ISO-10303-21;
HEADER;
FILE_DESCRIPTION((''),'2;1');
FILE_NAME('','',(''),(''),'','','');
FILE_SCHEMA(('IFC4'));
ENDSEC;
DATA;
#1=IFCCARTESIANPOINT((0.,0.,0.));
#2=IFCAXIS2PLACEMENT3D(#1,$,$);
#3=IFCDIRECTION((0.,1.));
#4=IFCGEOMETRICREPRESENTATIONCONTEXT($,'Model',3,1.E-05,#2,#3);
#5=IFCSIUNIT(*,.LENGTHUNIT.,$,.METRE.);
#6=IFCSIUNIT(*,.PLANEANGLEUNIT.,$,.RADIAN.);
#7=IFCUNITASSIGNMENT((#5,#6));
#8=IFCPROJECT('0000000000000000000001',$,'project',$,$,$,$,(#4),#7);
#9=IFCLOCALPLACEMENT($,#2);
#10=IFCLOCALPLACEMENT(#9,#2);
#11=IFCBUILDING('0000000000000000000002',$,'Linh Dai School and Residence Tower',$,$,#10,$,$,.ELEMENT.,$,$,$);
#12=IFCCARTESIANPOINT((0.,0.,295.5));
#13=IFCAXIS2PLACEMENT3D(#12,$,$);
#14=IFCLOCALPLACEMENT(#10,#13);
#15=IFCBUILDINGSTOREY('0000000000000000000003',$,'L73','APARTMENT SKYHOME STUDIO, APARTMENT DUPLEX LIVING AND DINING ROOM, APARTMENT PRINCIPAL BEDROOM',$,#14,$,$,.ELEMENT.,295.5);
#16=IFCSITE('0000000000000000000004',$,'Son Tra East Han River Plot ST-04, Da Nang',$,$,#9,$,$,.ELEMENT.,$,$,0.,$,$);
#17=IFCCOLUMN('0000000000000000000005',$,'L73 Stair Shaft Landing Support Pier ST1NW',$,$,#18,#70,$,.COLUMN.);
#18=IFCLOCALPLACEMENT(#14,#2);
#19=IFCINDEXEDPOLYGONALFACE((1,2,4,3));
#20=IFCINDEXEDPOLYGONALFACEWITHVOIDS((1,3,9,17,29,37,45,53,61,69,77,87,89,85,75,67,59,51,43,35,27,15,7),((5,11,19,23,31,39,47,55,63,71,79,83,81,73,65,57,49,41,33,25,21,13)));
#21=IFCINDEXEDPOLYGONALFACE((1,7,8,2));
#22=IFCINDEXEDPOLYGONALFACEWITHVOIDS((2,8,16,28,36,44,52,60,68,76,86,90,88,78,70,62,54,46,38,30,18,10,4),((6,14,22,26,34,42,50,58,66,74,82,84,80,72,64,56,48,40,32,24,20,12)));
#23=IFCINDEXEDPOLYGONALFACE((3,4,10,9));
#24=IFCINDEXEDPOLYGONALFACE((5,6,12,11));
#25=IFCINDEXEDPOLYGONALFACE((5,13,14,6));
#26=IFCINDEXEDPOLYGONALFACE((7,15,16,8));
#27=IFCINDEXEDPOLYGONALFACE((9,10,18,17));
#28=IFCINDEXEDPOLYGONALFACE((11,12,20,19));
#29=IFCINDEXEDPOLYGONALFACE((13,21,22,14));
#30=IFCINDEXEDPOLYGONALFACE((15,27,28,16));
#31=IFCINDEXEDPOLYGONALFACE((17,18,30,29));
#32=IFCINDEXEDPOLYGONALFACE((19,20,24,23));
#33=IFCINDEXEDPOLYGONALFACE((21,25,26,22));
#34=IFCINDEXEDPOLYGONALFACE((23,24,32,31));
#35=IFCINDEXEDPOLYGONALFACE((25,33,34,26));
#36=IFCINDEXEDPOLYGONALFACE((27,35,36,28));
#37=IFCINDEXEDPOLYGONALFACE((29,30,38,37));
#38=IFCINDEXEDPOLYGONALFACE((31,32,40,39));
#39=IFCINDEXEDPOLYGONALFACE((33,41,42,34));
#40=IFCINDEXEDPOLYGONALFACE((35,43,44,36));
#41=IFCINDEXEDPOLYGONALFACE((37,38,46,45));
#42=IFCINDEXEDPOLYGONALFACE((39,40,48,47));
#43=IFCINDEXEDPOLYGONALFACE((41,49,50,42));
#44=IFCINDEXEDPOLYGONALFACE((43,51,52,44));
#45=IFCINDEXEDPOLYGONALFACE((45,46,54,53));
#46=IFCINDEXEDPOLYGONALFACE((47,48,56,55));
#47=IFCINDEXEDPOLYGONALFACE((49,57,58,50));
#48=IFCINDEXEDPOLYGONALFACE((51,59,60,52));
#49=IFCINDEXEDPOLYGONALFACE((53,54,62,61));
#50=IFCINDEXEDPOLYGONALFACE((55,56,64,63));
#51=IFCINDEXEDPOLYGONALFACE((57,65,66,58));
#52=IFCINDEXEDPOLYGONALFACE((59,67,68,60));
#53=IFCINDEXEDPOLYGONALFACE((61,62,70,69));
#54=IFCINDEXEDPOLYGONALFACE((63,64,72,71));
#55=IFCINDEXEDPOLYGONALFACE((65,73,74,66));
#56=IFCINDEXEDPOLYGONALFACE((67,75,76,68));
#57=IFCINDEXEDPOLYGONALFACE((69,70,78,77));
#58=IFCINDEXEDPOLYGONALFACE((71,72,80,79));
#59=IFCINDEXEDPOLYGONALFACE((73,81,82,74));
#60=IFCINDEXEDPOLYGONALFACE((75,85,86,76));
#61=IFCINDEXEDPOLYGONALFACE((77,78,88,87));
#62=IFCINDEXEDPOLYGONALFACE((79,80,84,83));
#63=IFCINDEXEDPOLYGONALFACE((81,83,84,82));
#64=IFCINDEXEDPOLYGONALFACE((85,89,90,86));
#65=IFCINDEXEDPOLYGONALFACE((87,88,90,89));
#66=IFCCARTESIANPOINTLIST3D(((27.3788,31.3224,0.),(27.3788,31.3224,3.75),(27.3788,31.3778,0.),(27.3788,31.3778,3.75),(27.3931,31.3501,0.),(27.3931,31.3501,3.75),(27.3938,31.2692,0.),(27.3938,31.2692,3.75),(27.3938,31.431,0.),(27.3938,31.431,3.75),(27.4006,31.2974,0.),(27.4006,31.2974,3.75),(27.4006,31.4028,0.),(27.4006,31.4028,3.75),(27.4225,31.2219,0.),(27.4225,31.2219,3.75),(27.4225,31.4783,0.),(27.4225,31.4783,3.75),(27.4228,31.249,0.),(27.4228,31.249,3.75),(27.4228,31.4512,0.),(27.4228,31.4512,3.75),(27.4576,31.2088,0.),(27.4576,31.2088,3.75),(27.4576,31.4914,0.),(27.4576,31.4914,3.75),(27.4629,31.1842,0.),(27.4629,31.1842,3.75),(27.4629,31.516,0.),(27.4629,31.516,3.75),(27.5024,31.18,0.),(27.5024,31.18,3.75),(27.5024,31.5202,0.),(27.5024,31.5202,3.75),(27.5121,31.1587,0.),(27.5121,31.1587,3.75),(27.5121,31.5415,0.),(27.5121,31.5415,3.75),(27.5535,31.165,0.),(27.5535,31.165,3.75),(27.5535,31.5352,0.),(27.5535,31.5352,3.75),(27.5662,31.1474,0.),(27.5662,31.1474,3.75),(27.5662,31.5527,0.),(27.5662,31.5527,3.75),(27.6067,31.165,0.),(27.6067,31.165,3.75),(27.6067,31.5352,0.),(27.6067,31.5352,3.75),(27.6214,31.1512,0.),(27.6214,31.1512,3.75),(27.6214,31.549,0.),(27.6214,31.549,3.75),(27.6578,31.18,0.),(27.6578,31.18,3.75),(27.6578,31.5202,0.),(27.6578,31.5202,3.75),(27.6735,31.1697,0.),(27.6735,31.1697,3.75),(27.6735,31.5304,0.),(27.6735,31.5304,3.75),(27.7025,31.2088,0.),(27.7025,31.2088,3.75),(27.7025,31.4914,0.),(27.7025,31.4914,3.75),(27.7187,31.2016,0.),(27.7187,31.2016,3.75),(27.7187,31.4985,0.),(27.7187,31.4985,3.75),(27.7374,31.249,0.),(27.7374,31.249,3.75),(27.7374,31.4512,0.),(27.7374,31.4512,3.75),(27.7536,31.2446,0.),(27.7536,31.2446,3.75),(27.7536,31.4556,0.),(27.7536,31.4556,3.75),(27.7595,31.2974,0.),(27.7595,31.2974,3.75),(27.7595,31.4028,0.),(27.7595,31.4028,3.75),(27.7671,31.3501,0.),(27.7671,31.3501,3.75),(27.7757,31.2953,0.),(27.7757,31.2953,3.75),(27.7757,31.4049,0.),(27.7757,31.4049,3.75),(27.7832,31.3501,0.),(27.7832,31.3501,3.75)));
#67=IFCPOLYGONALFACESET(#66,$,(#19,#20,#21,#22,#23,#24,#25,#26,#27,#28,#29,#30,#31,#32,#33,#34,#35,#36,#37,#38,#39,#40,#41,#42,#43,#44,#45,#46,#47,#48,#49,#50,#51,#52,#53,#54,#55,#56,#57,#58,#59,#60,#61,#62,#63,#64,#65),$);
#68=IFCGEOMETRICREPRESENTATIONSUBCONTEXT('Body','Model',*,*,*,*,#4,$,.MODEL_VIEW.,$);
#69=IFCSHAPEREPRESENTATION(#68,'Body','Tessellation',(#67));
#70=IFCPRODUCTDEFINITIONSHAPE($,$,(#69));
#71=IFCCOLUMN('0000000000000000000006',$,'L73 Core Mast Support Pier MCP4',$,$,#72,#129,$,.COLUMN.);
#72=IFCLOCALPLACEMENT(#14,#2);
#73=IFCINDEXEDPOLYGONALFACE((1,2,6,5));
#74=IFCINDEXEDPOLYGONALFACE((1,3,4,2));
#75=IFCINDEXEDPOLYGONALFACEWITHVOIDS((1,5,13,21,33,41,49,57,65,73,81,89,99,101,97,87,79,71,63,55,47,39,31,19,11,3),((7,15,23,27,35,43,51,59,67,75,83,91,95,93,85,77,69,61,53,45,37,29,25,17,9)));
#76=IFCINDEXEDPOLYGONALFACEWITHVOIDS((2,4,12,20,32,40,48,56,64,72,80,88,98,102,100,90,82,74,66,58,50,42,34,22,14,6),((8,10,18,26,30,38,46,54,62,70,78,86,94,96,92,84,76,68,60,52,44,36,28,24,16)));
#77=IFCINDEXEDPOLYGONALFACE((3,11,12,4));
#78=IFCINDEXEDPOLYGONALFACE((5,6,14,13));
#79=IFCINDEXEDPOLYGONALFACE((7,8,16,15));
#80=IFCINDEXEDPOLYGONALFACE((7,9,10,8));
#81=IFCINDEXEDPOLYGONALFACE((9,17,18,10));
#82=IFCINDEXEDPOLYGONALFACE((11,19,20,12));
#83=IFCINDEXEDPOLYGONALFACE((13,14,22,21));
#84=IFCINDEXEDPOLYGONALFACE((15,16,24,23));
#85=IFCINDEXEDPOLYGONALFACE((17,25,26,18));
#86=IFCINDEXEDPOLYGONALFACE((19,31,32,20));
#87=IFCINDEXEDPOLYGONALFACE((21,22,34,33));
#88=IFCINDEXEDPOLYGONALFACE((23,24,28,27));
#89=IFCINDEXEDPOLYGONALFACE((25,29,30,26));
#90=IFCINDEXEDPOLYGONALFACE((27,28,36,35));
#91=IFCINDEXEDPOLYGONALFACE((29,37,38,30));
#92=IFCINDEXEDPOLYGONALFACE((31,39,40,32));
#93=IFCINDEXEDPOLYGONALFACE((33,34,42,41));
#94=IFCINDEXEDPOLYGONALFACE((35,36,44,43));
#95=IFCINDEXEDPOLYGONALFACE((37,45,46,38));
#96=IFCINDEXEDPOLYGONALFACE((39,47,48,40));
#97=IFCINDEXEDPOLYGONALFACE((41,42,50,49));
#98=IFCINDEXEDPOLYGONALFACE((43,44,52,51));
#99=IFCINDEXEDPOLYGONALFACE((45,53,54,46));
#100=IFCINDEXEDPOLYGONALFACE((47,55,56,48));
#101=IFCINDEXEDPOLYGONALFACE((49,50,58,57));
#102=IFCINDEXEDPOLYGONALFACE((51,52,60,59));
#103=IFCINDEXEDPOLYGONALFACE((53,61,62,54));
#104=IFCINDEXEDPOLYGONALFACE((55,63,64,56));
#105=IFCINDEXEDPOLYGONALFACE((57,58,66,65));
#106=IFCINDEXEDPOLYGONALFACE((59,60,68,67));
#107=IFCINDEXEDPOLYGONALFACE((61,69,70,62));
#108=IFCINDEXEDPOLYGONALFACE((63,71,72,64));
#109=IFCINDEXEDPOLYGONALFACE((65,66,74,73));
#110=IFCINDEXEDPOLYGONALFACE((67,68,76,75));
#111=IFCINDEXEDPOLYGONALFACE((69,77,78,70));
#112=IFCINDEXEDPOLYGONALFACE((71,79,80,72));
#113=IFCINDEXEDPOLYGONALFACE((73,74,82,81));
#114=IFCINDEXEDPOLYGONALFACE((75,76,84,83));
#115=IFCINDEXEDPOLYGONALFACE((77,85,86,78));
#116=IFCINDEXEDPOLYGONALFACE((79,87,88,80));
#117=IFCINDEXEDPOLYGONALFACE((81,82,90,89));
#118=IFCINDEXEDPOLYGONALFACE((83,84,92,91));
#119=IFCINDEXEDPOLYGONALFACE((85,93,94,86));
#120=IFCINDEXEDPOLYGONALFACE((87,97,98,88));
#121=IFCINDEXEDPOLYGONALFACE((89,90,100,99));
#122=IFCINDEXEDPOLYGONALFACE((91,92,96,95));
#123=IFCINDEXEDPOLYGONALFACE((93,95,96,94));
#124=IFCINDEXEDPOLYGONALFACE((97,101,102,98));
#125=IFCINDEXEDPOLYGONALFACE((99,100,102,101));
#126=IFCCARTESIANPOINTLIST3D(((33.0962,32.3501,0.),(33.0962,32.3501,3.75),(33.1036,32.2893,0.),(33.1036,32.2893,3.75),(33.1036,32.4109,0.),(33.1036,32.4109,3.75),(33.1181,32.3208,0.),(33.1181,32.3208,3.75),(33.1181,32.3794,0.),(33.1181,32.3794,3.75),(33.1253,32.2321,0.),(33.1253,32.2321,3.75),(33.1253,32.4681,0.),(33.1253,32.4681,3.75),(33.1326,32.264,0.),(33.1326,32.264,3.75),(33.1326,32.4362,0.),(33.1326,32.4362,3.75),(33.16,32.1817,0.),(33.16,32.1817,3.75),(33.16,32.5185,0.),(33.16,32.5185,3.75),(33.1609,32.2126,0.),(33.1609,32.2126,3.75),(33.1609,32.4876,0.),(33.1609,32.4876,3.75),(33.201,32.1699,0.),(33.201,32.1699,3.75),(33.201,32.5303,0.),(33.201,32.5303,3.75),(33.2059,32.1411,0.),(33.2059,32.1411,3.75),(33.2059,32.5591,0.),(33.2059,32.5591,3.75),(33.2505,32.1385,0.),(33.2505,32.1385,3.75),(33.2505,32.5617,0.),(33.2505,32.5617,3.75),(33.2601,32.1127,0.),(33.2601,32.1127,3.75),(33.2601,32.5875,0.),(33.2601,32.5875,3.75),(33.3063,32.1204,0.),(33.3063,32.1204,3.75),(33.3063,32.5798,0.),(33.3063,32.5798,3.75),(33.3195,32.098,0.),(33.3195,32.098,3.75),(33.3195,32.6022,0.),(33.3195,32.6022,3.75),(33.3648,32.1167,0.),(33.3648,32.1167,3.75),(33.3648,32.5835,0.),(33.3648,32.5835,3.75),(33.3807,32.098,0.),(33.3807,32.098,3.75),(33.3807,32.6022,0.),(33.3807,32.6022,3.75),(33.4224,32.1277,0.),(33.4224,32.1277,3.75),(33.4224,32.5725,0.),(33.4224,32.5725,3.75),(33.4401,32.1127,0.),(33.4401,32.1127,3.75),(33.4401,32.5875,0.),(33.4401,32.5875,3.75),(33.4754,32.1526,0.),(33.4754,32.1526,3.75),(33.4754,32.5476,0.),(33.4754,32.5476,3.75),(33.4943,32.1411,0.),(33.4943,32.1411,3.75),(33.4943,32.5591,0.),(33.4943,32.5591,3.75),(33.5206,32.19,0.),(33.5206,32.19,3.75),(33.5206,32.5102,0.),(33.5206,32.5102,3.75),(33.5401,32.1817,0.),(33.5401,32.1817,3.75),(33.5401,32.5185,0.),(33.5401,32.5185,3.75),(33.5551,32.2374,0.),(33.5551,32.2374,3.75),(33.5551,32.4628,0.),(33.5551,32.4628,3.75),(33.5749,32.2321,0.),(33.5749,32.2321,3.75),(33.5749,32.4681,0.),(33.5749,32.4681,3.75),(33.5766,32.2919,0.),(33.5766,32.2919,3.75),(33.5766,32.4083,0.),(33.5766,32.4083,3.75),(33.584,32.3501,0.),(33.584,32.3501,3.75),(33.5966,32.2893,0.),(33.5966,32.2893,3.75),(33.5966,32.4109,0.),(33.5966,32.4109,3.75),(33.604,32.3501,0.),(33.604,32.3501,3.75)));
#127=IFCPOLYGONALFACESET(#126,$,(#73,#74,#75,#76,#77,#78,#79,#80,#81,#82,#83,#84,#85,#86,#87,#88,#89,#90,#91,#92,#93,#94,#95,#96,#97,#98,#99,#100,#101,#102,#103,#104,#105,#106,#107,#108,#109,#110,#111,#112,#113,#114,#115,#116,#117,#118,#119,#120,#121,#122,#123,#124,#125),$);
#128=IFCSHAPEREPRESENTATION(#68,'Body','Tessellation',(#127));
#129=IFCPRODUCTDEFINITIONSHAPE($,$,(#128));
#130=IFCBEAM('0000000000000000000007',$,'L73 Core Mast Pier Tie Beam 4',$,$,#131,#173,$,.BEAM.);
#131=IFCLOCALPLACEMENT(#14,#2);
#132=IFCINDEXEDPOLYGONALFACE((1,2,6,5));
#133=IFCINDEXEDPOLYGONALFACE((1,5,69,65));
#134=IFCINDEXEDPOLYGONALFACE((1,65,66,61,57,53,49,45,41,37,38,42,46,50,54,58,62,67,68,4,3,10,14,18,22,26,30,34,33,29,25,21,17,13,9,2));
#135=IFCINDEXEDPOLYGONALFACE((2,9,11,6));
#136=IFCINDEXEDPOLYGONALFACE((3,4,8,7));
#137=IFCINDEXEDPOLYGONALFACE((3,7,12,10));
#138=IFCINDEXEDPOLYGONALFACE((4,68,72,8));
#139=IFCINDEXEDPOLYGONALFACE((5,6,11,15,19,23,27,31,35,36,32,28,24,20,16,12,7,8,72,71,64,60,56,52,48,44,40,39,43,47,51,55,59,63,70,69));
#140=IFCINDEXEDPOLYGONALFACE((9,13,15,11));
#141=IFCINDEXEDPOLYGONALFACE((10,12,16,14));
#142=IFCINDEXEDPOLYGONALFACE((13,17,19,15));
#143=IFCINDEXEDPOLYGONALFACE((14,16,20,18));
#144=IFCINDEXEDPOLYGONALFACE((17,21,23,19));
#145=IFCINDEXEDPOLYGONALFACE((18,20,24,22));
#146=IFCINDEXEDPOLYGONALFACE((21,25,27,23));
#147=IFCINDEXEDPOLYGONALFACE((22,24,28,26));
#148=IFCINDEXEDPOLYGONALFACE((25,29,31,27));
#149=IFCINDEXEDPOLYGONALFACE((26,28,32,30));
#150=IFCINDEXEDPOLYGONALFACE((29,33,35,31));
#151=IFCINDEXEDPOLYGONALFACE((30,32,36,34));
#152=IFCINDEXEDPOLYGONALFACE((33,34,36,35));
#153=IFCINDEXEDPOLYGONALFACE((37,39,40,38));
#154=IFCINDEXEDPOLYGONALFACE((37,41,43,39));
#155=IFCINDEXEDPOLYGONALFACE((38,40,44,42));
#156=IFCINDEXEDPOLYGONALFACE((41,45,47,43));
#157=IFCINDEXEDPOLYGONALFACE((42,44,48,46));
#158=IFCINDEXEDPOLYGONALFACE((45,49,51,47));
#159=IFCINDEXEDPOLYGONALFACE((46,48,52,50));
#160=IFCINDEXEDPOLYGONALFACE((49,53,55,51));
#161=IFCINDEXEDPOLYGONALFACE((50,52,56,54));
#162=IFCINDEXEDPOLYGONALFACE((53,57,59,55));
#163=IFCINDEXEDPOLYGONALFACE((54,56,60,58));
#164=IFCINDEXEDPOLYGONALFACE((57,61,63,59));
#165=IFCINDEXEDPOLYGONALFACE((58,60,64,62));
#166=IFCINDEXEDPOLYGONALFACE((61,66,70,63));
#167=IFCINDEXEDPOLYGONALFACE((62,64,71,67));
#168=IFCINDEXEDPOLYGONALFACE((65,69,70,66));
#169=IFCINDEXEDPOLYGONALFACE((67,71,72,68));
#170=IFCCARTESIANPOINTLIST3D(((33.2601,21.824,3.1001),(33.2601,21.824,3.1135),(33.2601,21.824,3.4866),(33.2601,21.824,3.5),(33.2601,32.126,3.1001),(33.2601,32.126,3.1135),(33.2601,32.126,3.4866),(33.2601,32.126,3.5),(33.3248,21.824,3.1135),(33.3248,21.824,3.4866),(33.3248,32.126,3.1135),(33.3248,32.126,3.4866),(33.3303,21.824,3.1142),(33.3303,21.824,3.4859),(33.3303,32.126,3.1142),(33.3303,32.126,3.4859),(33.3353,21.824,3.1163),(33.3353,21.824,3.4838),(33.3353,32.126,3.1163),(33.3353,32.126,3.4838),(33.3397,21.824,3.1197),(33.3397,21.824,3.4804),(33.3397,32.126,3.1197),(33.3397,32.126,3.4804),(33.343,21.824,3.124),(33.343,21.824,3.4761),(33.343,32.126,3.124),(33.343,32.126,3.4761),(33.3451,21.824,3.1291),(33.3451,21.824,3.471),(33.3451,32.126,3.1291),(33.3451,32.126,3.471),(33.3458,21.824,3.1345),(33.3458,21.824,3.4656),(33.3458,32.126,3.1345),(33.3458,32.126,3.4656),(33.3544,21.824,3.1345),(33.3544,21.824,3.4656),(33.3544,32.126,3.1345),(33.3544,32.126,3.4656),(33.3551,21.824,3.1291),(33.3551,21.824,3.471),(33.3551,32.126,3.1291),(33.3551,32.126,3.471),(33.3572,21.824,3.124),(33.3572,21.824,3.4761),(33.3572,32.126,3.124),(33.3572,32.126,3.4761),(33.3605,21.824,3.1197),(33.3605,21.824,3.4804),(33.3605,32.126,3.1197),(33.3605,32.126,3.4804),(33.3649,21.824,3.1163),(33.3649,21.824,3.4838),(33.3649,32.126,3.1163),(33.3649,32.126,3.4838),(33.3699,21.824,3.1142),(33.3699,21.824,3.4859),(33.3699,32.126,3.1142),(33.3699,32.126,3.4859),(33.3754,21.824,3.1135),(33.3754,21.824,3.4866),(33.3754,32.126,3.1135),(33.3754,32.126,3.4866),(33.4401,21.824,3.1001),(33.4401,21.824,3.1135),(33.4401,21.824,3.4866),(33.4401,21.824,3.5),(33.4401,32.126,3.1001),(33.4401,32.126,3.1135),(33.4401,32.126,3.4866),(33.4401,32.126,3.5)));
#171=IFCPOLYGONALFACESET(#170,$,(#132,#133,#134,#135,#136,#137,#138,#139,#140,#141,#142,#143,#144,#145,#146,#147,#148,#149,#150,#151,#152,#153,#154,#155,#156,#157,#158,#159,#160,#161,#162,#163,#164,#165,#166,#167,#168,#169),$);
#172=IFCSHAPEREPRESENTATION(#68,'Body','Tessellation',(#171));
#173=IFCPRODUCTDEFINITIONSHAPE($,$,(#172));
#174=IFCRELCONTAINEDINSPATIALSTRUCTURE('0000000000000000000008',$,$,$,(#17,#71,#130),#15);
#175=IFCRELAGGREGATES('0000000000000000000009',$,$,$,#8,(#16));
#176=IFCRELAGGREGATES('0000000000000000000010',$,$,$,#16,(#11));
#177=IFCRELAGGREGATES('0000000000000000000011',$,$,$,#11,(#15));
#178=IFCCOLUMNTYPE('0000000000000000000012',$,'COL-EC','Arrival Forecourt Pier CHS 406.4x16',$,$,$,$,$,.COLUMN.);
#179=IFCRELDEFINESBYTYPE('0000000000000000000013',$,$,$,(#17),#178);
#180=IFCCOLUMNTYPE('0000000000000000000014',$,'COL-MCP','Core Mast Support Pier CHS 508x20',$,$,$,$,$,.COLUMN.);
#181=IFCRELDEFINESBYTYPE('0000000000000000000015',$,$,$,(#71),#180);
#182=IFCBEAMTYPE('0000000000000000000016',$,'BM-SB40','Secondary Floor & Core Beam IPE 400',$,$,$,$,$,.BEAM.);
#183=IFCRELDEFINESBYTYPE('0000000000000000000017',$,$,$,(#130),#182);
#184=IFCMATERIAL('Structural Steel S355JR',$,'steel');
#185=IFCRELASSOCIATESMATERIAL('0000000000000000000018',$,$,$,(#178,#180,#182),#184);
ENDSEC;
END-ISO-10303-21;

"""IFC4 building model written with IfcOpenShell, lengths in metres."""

from ifc_helpers import new_model, si_unit, direction, frame, origin, origin_2d, place, context, subcontext, project, spatial, hollow_circle, i_section, extrude, material, material_profile, profile_set, type_object, element, save


model = new_model("IFC4")

# Units and contexts
model_context = context("Model", 3, precision=1e-05, world=origin(), true_north=direction((0.0, 1.0)))
body_context = subcontext(model_context, "Body", "Model", "MODEL_VIEW")
ifc_project = project(units=[si_unit("LENGTHUNIT", "METRE"), si_unit("PLANEANGLEUNIT", "RADIAN")], contexts=[model_context])

# Site, building, storey
site_placement = place(None, origin())
site = spatial("IfcSite", under=ifc_project, at=site_placement, Name="Son Tra East Han River Plot ST-04, Da Nang", CompositionType="ELEMENT", RefElevation=0.0)
building_placement = place(site_placement, origin())
building = spatial("IfcBuilding", under=site, at=building_placement, Name="Linh Dai School and Residence Tower", CompositionType="ELEMENT")
storey_placement = place(building_placement, frame((0.0, 0.0, 295.5)))
storey = spatial("IfcBuildingStorey", under=building, at=storey_placement, Name="L73", Description="APARTMENT SKYHOME STUDIO, APARTMENT DUPLEX LIVING AND DINING ROOM, APARTMENT PRINCIPAL BEDROOM", CompositionType="ELEMENT", Elevation=295.5)

# Columns
ifc_material_1 = material(Name="Structural Steel S355JR", Category="steel")
ifc_material_profile_1 = material_profile(ifc_material_1, hollow_circle(Radius=0.2031, WallThickness=0.0161, at=origin_2d()), Name="CHS 406.4x16")
ifc_profile_set_1 = profile_set([ifc_material_profile_1], Name="Structural Steel S355JR")
column_type_1 = type_object("IfcColumnType", Name="COL-EC", Description="Arrival Forecourt Pier CHS 406.4x16", PredefinedType="COLUMN", material=ifc_profile_set_1)
column_1_placement = place(storey_placement, frame((27.5801, 31.3501, 0.0), z_axis=(0.0, 0.0, 1.0), x_axis=(1.0, 0.0, 0.0)))
element("IfcColumn", 1, at=column_1_placement, inside=storey, type_object=column_type_1, Name="L73 Stair Shaft Landing Support Pier ST1NW", PredefinedType="COLUMN", context=body_context, shape_type="SweptSolid", body=[
    extrude(hollow_circle(Radius=0.2031, WallThickness=0.0161, at=origin_2d()), origin(), (0.0, 0.0, 1.0), 3.75),
])
ifc_material_profile_2 = material_profile(ifc_material_1, hollow_circle(Radius=0.2539, WallThickness=0.02, at=origin_2d()), Name="CHS 508x20")
ifc_profile_set_2 = profile_set([ifc_material_profile_2], Name="Structural Steel S355JR")
column_type_2 = type_object("IfcColumnType", Name="COL-MCP", Description="Core Mast Support Pier CHS 508x20", PredefinedType="COLUMN", material=ifc_profile_set_2)
column_2_placement = place(storey_placement, frame((33.3501, 32.3501, 0.0), z_axis=(0.0, 0.0, 1.0), x_axis=(1.0, 0.0, 0.0)))
element("IfcColumn", 2, at=column_2_placement, inside=storey, type_object=column_type_2, Name="L73 Core Mast Support Pier MCP4", PredefinedType="COLUMN", context=body_context, shape_type="SweptSolid", body=[
    extrude(hollow_circle(Radius=0.2539, WallThickness=0.02, at=origin_2d()), origin(), (0.0, 0.0, 1.0), 3.75),
])

# Beam
ifc_material_profile_3 = material_profile(ifc_material_1, i_section(OverallWidth=0.1799, OverallDepth=0.3999, WebThickness=0.0085, FlangeThickness=0.0134, FilletRadius=0.021, at=origin_2d()), Name="IPE 400")
ifc_profile_set_3 = profile_set([ifc_material_profile_3], Name="Structural Steel S355JR")
beam_type = type_object("IfcBeamType", Name="BM-SB40", Description="Secondary Floor & Core Beam IPE 400", PredefinedType="BEAM", material=ifc_profile_set_3)
beam_placement = place(storey_placement, frame((33.3501, 32.126, 3.3), z_axis=(0.0, -1.0, 0.0), x_axis=(1.0, 0.0, 0.0)))
element("IfcBeam", 3, at=beam_placement, inside=storey, type_object=beam_type, Name="L73 Core Mast Pier Tie Beam 4", PredefinedType="BEAM", context=body_context, shape_type="SweptSolid", body=[
    extrude(i_section(OverallWidth=0.1799, OverallDepth=0.3999, WebThickness=0.0085, FlangeThickness=0.0134, FilletRadius=0.021, at=origin_2d()), origin(), (0.0, 0.0, 1.0), 10.302),
])

save(model, "model.ifc")
